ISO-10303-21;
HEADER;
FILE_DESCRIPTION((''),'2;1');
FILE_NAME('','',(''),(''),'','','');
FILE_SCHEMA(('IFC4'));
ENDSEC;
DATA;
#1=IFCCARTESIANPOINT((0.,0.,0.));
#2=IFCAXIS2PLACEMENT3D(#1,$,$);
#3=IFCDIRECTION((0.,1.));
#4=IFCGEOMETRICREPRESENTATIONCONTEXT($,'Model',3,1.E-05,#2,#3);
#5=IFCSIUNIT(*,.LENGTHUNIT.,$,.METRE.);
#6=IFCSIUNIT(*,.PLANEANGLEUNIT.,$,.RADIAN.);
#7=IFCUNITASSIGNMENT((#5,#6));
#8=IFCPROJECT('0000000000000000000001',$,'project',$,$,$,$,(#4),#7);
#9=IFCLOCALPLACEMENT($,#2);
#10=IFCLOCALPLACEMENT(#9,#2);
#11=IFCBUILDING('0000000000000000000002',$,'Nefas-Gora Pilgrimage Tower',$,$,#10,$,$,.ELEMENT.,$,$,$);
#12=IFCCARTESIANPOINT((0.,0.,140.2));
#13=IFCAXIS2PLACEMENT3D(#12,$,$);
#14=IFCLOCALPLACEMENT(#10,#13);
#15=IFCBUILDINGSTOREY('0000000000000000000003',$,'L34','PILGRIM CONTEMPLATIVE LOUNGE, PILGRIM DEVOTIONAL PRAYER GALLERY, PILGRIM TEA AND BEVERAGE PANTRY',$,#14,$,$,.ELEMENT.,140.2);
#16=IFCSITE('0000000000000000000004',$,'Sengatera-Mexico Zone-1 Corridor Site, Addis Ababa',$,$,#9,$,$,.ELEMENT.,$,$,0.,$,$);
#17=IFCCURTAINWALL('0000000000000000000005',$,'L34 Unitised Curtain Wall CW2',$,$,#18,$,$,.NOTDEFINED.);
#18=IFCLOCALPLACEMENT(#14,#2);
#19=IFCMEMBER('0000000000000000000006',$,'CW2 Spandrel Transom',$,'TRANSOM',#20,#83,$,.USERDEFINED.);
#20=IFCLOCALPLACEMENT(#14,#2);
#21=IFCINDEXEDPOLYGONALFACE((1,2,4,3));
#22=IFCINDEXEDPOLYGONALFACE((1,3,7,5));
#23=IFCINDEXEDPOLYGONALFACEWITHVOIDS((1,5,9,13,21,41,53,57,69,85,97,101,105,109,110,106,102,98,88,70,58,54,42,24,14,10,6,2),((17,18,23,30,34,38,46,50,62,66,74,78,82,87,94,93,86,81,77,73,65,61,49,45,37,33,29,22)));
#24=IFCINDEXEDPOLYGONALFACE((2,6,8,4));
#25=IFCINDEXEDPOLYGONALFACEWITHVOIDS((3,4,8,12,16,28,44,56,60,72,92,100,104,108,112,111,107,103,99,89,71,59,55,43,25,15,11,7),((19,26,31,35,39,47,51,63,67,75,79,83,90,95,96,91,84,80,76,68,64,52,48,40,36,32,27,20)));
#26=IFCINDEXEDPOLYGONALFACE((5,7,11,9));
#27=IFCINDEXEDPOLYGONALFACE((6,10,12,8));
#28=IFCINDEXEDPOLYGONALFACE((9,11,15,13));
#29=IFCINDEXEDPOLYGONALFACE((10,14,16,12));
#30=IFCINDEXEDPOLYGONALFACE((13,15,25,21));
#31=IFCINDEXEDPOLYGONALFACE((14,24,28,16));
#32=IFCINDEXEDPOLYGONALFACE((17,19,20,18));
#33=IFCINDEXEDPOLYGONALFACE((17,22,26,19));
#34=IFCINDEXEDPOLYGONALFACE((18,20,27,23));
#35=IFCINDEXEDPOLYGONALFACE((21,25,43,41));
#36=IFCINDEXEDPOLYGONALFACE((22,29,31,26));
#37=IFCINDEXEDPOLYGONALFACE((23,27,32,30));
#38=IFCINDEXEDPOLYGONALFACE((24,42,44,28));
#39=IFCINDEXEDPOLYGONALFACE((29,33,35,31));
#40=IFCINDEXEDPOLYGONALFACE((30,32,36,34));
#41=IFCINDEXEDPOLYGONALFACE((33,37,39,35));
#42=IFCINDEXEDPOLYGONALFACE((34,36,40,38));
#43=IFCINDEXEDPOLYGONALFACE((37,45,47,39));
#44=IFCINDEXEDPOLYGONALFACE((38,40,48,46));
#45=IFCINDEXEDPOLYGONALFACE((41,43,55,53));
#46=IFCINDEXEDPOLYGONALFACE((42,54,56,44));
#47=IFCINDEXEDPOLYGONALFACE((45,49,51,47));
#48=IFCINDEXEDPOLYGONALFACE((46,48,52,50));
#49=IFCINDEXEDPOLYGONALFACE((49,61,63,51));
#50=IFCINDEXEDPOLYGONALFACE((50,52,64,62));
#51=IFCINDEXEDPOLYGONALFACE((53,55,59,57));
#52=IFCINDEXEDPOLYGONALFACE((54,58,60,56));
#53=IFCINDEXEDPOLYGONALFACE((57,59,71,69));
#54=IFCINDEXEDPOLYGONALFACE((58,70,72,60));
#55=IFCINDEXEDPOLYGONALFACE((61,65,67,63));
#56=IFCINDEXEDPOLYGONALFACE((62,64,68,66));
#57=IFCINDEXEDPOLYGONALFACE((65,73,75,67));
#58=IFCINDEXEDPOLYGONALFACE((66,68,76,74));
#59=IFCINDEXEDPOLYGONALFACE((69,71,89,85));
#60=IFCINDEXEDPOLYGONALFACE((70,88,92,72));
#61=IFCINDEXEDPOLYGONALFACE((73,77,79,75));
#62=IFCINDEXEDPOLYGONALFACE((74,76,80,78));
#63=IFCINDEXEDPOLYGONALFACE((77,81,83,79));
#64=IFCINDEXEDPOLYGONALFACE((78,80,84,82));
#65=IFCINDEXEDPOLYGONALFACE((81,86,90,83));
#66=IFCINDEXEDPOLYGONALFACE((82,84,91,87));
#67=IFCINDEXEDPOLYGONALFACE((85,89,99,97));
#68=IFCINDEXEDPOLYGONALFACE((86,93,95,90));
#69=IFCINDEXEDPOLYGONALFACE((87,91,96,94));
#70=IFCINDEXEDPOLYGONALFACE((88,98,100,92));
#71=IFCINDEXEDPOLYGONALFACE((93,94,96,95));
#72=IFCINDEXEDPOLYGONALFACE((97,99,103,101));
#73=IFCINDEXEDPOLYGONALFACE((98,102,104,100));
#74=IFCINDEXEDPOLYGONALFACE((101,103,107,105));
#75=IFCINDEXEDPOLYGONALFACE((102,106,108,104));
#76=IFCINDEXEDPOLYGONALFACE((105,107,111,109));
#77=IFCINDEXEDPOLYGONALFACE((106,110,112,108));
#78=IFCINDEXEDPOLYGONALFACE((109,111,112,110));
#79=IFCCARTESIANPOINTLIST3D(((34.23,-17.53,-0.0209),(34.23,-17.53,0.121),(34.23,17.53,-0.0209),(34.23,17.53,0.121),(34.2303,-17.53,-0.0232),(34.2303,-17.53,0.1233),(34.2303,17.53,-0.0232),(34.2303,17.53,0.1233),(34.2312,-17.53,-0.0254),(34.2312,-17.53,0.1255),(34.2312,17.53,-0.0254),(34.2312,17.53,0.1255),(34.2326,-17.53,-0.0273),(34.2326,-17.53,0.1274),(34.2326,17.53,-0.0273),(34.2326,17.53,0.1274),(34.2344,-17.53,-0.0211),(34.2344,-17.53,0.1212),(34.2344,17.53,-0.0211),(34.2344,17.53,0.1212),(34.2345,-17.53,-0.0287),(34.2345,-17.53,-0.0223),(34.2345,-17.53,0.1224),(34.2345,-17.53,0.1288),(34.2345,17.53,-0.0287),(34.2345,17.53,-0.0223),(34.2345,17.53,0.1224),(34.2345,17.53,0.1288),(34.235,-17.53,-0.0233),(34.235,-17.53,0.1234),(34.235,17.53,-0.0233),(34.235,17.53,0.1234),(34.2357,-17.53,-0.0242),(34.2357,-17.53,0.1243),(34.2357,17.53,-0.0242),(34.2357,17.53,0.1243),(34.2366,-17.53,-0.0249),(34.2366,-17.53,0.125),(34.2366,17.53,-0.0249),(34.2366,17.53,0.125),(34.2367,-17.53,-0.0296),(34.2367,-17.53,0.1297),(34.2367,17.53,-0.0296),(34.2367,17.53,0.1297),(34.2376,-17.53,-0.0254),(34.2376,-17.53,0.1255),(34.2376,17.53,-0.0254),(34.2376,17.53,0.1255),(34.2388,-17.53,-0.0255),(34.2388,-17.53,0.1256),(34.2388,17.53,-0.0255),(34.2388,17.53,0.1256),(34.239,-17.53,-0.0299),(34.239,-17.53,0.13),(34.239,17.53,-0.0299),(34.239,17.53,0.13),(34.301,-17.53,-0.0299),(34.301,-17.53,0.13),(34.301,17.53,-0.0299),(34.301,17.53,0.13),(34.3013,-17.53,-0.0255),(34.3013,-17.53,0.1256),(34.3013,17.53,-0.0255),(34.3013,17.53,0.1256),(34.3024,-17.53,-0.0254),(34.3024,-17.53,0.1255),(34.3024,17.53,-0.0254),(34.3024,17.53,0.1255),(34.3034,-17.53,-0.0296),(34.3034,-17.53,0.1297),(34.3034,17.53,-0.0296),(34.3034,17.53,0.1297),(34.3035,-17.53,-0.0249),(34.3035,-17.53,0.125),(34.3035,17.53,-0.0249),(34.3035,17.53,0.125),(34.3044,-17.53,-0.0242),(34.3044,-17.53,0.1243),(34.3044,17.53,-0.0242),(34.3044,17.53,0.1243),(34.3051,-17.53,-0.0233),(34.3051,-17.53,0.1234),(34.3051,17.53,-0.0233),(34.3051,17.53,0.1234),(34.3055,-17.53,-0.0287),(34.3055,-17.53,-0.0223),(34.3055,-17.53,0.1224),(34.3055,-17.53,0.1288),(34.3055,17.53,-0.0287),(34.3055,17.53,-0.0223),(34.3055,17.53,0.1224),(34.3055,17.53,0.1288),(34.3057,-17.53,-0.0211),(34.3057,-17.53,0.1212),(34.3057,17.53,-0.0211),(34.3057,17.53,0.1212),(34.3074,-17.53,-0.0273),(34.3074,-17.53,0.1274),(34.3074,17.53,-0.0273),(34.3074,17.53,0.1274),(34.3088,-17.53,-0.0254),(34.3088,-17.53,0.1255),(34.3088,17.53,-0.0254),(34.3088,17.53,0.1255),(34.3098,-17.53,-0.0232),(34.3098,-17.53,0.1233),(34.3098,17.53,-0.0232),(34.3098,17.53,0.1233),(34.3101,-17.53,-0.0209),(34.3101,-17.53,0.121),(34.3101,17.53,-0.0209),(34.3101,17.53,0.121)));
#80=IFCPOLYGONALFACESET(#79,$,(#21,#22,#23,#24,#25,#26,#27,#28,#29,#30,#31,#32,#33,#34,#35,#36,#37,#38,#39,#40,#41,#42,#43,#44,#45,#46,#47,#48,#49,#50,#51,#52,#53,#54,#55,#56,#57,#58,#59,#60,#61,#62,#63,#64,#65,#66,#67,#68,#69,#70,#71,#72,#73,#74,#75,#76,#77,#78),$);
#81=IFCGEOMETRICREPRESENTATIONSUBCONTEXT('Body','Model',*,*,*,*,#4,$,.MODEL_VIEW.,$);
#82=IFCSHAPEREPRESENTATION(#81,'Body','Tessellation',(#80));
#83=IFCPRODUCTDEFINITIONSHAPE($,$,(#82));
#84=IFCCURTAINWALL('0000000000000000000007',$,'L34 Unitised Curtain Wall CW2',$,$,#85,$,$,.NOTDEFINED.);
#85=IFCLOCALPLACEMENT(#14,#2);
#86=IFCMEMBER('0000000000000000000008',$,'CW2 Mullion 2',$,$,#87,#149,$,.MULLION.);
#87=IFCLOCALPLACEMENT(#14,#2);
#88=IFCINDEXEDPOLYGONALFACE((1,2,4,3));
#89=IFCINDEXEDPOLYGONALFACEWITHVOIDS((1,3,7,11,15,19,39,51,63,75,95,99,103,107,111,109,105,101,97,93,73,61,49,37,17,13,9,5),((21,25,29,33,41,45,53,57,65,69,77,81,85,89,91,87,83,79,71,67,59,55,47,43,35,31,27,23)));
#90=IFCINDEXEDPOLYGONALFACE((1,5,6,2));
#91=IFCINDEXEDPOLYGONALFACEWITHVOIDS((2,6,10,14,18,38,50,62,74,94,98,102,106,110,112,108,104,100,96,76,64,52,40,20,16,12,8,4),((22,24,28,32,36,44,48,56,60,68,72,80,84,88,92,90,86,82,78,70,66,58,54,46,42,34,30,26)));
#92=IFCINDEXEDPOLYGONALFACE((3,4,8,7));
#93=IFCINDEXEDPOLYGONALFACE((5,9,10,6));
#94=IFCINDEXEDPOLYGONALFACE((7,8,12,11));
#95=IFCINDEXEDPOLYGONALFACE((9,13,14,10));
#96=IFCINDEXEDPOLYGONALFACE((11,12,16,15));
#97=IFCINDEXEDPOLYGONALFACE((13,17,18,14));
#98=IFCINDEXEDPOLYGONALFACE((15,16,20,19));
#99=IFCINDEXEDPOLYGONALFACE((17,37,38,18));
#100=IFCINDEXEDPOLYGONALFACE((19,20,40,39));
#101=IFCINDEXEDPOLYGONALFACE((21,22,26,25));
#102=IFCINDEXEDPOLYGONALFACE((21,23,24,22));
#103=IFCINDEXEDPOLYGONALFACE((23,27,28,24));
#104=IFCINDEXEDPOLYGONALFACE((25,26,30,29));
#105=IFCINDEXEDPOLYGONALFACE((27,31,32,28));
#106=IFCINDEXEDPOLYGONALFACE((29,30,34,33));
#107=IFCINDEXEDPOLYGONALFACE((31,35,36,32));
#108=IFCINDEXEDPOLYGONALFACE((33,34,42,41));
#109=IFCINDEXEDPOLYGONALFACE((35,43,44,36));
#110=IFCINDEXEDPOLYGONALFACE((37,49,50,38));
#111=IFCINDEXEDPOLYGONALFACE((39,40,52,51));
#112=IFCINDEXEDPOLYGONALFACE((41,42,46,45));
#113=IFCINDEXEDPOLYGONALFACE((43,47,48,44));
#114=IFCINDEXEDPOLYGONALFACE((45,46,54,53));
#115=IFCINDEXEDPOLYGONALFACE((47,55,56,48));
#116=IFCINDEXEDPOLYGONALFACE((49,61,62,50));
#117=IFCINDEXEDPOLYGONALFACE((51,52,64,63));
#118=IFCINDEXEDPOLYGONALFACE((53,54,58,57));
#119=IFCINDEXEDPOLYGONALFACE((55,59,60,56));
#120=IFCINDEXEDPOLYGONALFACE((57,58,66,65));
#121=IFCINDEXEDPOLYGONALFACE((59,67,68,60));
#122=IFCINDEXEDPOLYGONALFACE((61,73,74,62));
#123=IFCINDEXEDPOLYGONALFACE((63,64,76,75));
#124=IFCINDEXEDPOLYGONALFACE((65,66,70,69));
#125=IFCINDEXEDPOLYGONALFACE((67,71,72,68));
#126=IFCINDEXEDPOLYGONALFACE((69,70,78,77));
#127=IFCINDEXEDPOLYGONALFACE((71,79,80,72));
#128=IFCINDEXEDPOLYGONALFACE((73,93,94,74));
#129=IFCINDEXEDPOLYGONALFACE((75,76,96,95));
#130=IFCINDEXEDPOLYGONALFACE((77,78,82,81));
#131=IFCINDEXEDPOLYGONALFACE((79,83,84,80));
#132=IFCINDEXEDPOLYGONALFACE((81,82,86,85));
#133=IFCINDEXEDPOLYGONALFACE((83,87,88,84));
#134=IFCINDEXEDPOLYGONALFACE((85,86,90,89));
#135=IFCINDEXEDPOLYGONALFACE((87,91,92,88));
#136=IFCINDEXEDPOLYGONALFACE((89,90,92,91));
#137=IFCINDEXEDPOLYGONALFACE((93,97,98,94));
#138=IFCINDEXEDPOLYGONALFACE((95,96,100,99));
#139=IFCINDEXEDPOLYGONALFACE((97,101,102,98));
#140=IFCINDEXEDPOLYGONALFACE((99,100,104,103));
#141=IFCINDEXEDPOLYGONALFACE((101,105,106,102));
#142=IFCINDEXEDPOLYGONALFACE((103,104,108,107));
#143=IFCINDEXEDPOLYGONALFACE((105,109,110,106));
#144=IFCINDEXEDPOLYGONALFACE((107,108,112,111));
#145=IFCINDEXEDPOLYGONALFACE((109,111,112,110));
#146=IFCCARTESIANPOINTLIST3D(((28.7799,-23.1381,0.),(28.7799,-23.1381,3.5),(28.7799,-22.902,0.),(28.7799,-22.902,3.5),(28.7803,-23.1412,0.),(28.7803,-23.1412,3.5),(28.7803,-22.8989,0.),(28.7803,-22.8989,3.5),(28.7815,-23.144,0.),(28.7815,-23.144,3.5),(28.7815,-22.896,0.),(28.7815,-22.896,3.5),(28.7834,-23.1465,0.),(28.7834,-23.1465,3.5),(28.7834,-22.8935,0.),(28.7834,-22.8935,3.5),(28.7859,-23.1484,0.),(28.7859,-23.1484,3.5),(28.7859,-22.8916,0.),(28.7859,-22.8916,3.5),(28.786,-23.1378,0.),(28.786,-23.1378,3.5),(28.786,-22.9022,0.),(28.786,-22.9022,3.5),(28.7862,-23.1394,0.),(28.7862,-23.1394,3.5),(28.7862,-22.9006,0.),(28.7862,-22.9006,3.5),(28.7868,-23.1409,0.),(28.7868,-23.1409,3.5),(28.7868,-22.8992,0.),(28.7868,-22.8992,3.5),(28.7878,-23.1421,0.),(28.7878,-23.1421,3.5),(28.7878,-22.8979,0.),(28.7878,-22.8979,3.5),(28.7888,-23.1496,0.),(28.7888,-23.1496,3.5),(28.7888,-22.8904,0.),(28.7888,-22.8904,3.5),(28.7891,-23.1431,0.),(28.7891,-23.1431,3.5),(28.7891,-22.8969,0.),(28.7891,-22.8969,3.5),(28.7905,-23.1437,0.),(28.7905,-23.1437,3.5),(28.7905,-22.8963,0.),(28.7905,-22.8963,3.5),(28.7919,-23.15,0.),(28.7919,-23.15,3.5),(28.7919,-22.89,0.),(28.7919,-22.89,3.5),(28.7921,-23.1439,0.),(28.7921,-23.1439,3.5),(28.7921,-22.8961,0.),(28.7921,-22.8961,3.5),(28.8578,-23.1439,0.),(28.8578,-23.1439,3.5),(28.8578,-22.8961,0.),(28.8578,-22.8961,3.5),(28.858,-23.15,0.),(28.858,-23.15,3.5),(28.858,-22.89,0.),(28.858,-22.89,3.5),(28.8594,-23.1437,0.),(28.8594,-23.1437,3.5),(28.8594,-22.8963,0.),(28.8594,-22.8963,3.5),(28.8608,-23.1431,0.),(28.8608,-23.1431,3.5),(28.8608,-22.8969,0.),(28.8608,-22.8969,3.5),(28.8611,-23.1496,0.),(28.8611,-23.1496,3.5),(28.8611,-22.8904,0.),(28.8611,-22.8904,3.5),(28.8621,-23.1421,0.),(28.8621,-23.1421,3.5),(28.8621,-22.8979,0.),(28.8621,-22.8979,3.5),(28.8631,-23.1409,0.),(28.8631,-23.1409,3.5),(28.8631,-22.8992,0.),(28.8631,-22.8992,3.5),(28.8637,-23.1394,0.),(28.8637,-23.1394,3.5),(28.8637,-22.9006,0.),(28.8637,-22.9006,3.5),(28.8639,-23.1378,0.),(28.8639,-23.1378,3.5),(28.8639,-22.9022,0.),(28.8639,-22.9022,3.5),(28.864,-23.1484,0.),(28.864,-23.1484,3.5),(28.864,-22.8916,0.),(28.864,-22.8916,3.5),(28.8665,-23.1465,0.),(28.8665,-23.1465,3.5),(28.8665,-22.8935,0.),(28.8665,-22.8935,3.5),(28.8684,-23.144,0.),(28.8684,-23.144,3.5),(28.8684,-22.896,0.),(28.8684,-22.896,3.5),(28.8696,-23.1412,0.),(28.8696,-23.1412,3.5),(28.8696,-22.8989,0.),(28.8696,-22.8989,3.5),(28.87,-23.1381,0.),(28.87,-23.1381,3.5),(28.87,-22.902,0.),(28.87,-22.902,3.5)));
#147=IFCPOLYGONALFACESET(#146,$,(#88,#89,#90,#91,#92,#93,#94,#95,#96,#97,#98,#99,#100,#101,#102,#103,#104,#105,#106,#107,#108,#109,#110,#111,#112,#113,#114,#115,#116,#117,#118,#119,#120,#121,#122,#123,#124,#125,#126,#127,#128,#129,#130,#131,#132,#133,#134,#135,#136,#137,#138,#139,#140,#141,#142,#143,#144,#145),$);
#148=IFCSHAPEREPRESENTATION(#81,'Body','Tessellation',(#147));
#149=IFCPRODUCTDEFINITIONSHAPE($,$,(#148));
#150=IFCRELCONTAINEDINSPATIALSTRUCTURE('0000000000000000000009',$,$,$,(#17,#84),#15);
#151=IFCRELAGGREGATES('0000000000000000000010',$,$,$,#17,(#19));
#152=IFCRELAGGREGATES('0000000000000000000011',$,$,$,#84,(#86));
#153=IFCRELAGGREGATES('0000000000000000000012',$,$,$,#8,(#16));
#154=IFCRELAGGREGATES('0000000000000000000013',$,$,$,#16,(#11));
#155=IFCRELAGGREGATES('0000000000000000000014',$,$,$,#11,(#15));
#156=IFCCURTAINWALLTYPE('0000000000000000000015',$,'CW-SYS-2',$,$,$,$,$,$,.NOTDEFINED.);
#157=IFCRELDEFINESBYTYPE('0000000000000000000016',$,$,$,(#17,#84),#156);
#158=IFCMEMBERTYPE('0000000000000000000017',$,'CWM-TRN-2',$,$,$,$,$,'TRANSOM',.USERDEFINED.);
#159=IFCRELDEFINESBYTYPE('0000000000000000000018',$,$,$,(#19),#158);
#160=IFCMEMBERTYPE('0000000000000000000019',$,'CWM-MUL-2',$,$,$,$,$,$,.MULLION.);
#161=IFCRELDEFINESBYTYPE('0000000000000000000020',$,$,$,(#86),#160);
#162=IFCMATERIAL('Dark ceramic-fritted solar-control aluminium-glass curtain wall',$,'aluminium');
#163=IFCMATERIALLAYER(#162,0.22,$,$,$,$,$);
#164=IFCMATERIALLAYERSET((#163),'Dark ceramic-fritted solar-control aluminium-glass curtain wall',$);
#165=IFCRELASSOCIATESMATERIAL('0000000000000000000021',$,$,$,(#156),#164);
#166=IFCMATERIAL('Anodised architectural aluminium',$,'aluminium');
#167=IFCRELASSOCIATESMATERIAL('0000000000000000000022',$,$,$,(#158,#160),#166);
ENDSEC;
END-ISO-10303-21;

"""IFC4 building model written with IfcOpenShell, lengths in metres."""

from ifc_helpers import new_model, si_unit, direction, frame, origin, origin_2d, place, context, subcontext, project, spatial, hollow_rectangle, extrude, source, transform, mapped, material, layer, layer_set, material_profile, profile_set, type_object, element, aggregate, save


model = new_model("IFC4")

# Units and contexts
model_context = context("Model", 3, precision=1e-05, world=origin(), true_north=direction((0.0, 1.0)))
body_context = subcontext(model_context, "Body", "Model", "MODEL_VIEW")
ifc_project = project(units=[si_unit("LENGTHUNIT", "METRE"), si_unit("PLANEANGLEUNIT", "RADIAN")], contexts=[model_context])

# Site, building, storey
site_placement = place(None, origin())
site = spatial("IfcSite", under=ifc_project, at=site_placement, Name="Sengatera-Mexico Zone-1 Corridor Site, Addis Ababa", CompositionType="ELEMENT", RefElevation=0.0)
building_placement = place(site_placement, origin())
building = spatial("IfcBuilding", under=site, at=building_placement, Name="Nefas-Gora Pilgrimage Tower", CompositionType="ELEMENT")
storey_placement = place(building_placement, frame((0.0, 0.0, 140.2)))
storey = spatial("IfcBuildingStorey", under=building, at=storey_placement, Name="L34", Description="PILGRIM CONTEMPLATIVE LOUNGE, PILGRIM DEVOTIONAL PRAYER GALLERY, PILGRIM TEA AND BEVERAGE PANTRY", CompositionType="ELEMENT", Elevation=140.2)

# Curtain walls, members
ifc_material_1 = material(Name="Dark ceramic-fritted solar-control aluminium-glass curtain wall", Category="aluminium")
ifc_layer_1 = layer(ifc_material_1, 0.22)
ifc_layer_set_1 = layer_set([ifc_layer_1], Name="Dark ceramic-fritted solar-control aluminium-glass curtain wall")
curtain_wall_type = type_object("IfcCurtainWallType", Name="CW-SYS-2", PredefinedType="NOTDEFINED", material=ifc_layer_set_1)
curtain_wall_1_placement = place(storey_placement, origin())
curtain_wall_1 = element("IfcCurtainWall", 1, at=curtain_wall_1_placement, inside=storey, type_object=curtain_wall_type, Name="L34 Unitised Curtain Wall CW2", PredefinedType="NOTDEFINED")
ifc_material_2 = material(Name="Anodised architectural aluminium", Category="aluminium")
ifc_material_profile_1 = material_profile(ifc_material_2, hollow_rectangle(XDim=0.0801, YDim=0.1599, WallThickness=0.0044, InnerFilletRadius=0.0044, OuterFilletRadius=0.009, at=origin_2d()), Name="ALU TRANSOM 80x160")
ifc_profile_set_1 = profile_set([ifc_material_profile_1], Name="Anodised architectural aluminium")
member_type_1 = type_object("IfcMemberType", Name="CWM-TRN-2", ElementType="TRANSOM", PredefinedType="USERDEFINED", material=ifc_profile_set_1)
shared_shape_1 = source(origin(), body_context, "Body", "SweptSolid", [
    extrude(hollow_rectangle(XDim=0.0801, YDim=0.1599, WallThickness=0.0044, InnerFilletRadius=0.0044, OuterFilletRadius=0.009, at=origin_2d()), origin(), (0.0, 0.0, 1.0), 35.0601),
])
member_1_placement = place(storey_placement, frame((34.27, -17.53, 0.05), z_axis=(0.0, 1.0, 0.0), x_axis=(-1.0, 0.0, 0.0)))
member_1 = element("IfcMember", 2, at=member_1_placement, type_object=member_type_1, Name="CW2 Spandrel Transom", ObjectType="TRANSOM", PredefinedType="USERDEFINED", context=body_context, shape_type="MappedRepresentation", body=[
    mapped(shared_shape_1, transform((0.0, 0.0, 0.0), x_axis=(1.0, 0.0, 0.0), y_axis=(0.0, 1.0, 0.0), z_axis=(0.0, 0.0, 1.0), scale=1.0)),
])
curtain_wall_2_placement = place(storey_placement, origin())
curtain_wall_2 = element("IfcCurtainWall", 3, at=curtain_wall_2_placement, inside=storey, type_object=curtain_wall_type, Name="L34 Unitised Curtain Wall CW2", PredefinedType="NOTDEFINED")
ifc_material_profile_2 = material_profile(ifc_material_2, hollow_rectangle(XDim=0.0901, YDim=0.26, WallThickness=0.0061, InnerFilletRadius=0.0061, OuterFilletRadius=0.012, at=origin_2d()), Name="ALU MULLION 90x260")
ifc_profile_set_2 = profile_set([ifc_material_profile_2], Name="Anodised architectural aluminium")
member_type_2 = type_object("IfcMemberType", Name="CWM-MUL-2", PredefinedType="MULLION", material=ifc_profile_set_2)
shared_shape_2 = source(origin(), body_context, "Body", "SweptSolid", [
    extrude(hollow_rectangle(XDim=0.0901, YDim=0.26, WallThickness=0.0061, InnerFilletRadius=0.0061, OuterFilletRadius=0.012, at=origin_2d()), origin(), (0.0, 0.0, 1.0), 3.5),
])
member_2_placement = place(storey_placement, frame((28.825, -23.02, 0.0), z_axis=(0.0, 0.0, 1.0), x_axis=(1.0, 0.0, 0.0)))
member_2 = element("IfcMember", 4, at=member_2_placement, type_object=member_type_2, Name="CW2 Mullion 2", PredefinedType="MULLION", context=body_context, shape_type="MappedRepresentation", body=[
    mapped(shared_shape_2, transform((0.0, 0.0, 0.0), x_axis=(1.0, 0.0, 0.0), y_axis=(0.0, 1.0, 0.0), z_axis=(0.0, 0.0, 1.0), scale=1.0)),
])

aggregate(curtain_wall_1, [member_1])

aggregate(curtain_wall_2, [member_2])

save(model, "model.ifc")
